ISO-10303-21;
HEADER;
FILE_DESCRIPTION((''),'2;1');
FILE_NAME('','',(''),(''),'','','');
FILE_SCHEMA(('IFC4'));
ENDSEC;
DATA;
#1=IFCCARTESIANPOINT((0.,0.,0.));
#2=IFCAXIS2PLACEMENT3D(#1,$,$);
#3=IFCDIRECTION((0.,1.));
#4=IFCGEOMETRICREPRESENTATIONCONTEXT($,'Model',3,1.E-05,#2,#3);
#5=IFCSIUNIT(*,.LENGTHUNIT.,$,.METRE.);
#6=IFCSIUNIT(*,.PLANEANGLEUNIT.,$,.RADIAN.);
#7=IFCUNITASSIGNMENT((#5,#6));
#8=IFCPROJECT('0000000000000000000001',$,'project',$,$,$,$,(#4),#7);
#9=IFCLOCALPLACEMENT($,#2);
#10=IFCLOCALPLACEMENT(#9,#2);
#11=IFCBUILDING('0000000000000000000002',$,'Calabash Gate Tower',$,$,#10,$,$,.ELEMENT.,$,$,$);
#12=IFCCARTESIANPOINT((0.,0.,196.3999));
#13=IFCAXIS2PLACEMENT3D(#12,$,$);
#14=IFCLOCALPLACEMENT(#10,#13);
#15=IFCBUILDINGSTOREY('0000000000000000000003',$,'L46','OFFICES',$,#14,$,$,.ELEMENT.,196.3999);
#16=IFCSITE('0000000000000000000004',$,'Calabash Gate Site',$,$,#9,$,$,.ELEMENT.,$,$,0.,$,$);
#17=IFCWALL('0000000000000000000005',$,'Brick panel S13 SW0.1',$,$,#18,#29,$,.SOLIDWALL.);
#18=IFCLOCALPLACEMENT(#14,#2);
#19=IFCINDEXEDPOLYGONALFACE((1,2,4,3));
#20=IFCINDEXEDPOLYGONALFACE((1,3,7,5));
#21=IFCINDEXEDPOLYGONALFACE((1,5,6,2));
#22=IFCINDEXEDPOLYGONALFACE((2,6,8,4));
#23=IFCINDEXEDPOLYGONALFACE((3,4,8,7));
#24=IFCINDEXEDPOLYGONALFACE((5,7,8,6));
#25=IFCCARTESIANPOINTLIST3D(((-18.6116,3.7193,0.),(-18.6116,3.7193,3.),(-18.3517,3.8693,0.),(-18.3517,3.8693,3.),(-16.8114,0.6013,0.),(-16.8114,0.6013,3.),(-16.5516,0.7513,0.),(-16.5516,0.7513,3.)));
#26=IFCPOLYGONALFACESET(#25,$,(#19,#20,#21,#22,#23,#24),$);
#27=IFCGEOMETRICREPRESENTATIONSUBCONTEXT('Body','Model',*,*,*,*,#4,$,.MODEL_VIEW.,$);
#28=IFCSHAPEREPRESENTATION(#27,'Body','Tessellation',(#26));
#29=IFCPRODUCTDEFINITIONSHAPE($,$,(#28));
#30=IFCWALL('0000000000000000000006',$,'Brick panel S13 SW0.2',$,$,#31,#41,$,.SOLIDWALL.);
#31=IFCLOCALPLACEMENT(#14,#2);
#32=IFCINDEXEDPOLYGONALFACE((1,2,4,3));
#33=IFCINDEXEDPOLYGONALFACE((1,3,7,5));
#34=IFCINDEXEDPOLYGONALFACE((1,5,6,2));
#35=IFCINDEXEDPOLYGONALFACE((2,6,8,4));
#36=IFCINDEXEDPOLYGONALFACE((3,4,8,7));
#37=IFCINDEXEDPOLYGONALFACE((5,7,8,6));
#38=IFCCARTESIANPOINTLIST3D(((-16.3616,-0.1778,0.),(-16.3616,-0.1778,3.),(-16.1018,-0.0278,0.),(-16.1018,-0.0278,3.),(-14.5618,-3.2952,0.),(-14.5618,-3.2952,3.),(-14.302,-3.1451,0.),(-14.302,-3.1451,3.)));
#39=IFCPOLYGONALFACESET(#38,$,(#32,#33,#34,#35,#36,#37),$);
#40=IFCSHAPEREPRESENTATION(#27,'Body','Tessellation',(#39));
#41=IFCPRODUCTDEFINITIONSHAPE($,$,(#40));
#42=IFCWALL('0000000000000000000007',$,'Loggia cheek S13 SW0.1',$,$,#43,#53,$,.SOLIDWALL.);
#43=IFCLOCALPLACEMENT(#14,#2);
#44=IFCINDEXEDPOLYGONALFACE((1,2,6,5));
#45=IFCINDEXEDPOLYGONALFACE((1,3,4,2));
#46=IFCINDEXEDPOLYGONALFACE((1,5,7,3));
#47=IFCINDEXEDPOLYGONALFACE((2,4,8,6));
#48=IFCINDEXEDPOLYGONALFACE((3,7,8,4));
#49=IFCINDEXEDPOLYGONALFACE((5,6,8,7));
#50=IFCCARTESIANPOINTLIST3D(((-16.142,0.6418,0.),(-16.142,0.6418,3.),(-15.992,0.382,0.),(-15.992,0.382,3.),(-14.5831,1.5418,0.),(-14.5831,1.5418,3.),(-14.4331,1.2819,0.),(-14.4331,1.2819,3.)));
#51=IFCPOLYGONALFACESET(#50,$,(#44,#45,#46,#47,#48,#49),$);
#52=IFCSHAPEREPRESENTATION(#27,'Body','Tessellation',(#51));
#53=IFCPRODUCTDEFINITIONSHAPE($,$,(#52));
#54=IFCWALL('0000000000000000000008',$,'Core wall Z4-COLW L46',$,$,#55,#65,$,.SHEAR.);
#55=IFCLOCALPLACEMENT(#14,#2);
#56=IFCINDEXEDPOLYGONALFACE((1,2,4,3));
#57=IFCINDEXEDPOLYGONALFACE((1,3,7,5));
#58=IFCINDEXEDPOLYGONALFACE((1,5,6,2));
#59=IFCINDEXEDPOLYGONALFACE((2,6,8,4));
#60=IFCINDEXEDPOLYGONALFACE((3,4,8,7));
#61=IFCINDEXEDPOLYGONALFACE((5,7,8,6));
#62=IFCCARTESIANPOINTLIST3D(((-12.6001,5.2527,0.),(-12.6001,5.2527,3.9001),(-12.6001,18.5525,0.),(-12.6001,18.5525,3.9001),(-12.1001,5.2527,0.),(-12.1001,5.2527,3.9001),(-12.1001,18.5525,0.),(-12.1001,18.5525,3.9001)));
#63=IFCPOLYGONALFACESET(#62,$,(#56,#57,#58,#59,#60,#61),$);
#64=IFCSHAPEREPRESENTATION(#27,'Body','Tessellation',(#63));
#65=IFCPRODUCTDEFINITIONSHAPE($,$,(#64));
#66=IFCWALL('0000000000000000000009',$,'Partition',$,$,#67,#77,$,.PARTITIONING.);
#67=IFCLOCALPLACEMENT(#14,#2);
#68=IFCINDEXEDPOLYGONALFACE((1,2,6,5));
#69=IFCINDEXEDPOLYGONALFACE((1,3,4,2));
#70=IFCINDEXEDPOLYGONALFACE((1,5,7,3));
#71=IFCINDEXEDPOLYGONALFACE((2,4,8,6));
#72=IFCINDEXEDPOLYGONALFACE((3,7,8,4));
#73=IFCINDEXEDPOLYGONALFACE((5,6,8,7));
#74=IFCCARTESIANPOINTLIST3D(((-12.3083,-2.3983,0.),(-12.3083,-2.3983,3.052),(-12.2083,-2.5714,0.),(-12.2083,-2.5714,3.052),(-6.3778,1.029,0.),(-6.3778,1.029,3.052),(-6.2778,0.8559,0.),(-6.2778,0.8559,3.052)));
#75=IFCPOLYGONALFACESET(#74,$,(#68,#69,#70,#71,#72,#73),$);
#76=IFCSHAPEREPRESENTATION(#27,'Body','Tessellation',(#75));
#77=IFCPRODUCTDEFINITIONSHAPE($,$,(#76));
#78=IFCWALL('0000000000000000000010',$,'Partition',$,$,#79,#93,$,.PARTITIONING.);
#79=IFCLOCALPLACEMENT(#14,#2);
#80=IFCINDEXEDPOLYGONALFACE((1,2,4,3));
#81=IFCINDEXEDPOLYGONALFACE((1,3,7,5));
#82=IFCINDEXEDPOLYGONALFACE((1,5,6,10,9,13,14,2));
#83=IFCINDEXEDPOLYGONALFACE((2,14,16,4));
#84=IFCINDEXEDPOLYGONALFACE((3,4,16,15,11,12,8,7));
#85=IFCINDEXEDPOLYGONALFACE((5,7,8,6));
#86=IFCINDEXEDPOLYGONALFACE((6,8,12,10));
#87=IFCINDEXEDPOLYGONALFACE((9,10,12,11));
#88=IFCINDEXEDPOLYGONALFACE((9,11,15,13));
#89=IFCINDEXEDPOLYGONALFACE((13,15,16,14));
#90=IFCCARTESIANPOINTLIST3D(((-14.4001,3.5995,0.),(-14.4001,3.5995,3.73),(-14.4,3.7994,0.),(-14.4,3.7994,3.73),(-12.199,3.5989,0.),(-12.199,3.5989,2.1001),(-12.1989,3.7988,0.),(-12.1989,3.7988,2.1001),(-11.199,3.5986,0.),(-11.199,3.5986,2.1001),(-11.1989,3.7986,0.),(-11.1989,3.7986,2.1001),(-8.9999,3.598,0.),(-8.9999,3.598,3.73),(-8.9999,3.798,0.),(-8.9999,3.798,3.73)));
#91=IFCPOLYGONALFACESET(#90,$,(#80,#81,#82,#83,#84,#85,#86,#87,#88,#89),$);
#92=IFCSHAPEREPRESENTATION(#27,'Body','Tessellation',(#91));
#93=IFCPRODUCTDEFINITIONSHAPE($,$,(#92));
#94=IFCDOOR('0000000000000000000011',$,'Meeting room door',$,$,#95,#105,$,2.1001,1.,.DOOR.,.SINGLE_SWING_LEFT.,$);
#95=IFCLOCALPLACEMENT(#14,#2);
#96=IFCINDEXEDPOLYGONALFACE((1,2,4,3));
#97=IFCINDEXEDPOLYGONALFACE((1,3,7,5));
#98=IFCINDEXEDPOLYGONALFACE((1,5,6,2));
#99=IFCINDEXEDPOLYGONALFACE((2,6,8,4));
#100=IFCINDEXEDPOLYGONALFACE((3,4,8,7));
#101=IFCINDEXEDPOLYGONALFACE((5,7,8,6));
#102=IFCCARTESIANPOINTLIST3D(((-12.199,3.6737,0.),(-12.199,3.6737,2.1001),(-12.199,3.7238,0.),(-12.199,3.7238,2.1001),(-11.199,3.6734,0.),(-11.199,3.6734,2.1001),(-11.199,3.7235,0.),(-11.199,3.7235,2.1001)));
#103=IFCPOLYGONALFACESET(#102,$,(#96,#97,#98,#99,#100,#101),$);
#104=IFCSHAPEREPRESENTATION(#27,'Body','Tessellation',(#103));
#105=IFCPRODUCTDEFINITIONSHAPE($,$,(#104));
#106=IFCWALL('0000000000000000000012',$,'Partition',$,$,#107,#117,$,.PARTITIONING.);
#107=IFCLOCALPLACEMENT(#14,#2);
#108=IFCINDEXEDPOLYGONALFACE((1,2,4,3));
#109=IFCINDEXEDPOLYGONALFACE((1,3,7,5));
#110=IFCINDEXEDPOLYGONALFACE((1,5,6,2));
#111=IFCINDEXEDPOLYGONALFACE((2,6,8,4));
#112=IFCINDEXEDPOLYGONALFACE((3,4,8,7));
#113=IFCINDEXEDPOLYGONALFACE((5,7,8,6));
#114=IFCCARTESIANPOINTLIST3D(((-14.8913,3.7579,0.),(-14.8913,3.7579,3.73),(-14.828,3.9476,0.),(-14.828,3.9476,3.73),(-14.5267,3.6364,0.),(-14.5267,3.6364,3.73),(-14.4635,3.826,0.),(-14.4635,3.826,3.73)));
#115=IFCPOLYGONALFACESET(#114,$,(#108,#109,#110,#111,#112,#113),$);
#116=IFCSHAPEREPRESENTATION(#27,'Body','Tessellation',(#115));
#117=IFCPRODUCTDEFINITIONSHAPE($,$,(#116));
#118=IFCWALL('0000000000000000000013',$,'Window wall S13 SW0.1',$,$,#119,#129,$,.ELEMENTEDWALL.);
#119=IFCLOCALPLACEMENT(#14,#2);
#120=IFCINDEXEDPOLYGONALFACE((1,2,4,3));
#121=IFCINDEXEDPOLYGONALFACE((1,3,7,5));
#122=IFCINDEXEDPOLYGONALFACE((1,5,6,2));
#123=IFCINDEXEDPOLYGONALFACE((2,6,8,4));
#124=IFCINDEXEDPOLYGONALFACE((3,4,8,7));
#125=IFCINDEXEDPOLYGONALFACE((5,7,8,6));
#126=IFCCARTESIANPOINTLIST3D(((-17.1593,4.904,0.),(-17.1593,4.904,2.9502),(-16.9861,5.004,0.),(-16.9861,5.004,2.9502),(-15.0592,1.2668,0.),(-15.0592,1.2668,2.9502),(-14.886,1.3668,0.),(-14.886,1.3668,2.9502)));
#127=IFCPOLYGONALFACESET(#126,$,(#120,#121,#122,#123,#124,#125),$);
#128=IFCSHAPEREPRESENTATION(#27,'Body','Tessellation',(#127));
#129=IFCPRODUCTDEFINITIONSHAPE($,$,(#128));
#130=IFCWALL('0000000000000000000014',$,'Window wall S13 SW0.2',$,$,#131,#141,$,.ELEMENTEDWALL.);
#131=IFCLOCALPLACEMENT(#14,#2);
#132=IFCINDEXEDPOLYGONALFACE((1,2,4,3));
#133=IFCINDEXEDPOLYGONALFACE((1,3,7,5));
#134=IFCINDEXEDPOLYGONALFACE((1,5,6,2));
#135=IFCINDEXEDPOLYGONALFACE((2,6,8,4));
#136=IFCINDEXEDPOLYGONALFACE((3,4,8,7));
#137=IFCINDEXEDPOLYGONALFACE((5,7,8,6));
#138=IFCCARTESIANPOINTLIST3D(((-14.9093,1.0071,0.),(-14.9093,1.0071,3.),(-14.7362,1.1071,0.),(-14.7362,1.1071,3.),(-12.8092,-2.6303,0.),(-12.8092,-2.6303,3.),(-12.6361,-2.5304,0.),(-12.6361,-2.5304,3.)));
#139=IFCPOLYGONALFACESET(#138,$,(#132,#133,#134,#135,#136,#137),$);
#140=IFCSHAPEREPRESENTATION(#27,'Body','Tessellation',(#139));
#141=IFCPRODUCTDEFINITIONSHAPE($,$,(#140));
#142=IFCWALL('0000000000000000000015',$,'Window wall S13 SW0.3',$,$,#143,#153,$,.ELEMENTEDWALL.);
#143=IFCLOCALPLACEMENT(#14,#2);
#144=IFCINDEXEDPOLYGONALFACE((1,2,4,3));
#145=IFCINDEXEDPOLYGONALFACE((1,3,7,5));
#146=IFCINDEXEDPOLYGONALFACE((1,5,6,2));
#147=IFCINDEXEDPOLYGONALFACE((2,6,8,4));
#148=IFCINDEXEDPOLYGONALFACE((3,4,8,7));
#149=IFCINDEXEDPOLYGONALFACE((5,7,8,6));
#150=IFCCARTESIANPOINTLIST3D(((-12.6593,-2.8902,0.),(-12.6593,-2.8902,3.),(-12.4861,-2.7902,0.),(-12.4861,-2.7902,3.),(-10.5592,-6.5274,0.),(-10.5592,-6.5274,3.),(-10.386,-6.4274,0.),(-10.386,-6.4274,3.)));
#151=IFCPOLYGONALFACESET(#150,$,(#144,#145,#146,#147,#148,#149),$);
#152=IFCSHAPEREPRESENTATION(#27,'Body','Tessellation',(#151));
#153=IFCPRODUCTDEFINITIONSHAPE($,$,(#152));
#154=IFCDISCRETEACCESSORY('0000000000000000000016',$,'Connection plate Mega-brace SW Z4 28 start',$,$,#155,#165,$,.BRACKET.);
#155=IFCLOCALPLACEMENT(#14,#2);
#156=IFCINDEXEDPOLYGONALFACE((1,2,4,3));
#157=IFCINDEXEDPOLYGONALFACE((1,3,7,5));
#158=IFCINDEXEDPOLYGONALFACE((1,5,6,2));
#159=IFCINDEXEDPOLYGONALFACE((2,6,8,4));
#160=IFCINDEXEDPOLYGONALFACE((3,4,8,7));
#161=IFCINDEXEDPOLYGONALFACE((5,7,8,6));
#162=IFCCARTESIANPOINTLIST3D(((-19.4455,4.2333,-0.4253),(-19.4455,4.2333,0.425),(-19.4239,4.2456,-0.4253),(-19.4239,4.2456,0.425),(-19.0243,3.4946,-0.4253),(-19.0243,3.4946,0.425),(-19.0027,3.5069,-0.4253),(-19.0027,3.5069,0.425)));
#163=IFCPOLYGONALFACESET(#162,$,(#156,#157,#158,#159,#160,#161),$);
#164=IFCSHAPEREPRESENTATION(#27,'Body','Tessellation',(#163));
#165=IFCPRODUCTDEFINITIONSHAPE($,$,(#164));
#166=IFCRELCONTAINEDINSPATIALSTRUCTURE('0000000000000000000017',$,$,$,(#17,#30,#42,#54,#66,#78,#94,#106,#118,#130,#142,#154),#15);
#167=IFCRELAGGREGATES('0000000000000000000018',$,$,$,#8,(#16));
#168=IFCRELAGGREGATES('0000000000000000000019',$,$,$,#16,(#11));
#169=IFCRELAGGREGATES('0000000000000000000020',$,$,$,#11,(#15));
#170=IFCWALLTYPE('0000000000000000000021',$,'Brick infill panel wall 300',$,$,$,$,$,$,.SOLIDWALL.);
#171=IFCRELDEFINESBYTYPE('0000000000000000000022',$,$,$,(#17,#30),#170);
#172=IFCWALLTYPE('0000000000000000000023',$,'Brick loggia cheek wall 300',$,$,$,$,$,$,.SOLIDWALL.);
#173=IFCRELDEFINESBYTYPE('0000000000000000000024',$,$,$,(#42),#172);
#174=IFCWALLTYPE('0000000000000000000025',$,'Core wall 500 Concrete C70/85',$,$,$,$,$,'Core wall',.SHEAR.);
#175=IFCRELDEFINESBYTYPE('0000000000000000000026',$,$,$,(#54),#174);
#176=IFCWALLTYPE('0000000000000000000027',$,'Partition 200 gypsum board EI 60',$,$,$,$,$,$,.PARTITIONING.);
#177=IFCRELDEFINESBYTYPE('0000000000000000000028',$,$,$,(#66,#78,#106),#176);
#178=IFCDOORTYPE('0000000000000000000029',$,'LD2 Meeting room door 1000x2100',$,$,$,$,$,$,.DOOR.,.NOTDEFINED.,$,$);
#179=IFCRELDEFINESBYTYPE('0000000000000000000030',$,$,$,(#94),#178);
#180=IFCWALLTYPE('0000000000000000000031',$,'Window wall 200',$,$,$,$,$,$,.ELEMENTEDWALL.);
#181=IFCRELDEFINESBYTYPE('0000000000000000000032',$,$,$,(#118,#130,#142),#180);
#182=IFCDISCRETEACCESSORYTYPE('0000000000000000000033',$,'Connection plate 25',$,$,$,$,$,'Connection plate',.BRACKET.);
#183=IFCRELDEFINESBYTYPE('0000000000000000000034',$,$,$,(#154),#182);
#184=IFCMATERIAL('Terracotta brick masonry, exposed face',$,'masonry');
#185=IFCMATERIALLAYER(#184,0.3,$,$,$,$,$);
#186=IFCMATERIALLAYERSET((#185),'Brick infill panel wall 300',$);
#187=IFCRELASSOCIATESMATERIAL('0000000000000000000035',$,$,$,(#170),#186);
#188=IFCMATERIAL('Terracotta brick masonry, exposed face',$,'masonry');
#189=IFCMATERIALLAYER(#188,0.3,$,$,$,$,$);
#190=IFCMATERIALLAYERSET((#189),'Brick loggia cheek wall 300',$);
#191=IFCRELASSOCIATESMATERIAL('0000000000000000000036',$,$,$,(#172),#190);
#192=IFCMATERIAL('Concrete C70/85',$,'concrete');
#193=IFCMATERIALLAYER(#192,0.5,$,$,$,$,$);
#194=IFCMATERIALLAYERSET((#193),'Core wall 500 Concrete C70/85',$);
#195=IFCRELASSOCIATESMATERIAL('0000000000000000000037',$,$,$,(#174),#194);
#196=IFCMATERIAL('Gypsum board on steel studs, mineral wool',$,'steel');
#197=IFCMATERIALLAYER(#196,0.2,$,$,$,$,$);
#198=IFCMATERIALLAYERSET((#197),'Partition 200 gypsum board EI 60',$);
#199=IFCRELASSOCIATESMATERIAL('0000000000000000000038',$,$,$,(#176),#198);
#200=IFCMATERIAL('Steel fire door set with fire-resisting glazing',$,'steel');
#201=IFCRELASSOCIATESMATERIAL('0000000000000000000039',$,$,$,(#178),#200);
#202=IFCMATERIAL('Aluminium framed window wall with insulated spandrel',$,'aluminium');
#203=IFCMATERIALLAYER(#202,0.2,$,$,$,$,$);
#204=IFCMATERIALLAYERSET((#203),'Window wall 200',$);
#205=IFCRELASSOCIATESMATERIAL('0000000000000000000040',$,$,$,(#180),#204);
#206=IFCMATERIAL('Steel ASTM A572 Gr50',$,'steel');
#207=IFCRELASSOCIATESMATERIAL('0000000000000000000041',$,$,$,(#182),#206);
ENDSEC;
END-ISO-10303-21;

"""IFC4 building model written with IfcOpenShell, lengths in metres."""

from ifc_helpers import new_model, si_unit, direction, frame, frame_2d, origin, origin_2d, place, context, subcontext, project, spatial, rectangle, extrude, material, layer, layer_set, type_object, element, fill, save


model = new_model("IFC4")

# Units and contexts
model_context = context("Model", 3, precision=1e-05, world=origin(), true_north=direction((0.0, 1.0)))
body_context = subcontext(model_context, "Body", "Model", "MODEL_VIEW")
ifc_project = project(units=[si_unit("LENGTHUNIT", "METRE"), si_unit("PLANEANGLEUNIT", "RADIAN")], contexts=[model_context])

# Site, building, storey
site_placement = place(None, origin())
site = spatial("IfcSite", under=ifc_project, at=site_placement, Name="Calabash Gate Site", CompositionType="ELEMENT", RefElevation=0.0)
building_placement = place(site_placement, origin())
building = spatial("IfcBuilding", under=site, at=building_placement, Name="Calabash Gate Tower", CompositionType="ELEMENT")
storey_placement = place(building_placement, frame((0.0, 0.0, 196.3999)))
storey = spatial("IfcBuildingStorey", under=building, at=storey_placement, Name="L46", Description="OFFICES", CompositionType="ELEMENT", Elevation=196.3999)

# Walls
ifc_material_1 = material(Name="Terracotta brick masonry, exposed face", Category="masonry")
ifc_layer_1 = layer(ifc_material_1, 0.3)
ifc_layer_set_1 = layer_set([ifc_layer_1], Name="Brick infill panel wall 300")
wall_type_1 = type_object("IfcWallType", Name="Brick infill panel wall 300", PredefinedType="SOLIDWALL", material=ifc_layer_set_1)
wall_1_placement = place(storey_placement, frame((-18.4817, 3.7944, 0.0), z_axis=(0.0, 0.0, 1.0), x_axis=(0.499983, -0.866035, 0.0)))
element("IfcWall", 1, at=wall_1_placement, inside=storey, type_object=wall_type_1, Name="Brick panel S13 SW0.1", PredefinedType="SOLIDWALL", context=body_context, shape_type="SweptSolid", body=[
    extrude(rectangle(XDim=3.6003, YDim=0.3, at=frame_2d((1.8003, 0.0))), origin(), (0.0, 0.0, 1.0), 3.0),
])
wall_2_placement = place(storey_placement, frame((-16.2317, -0.1028, 0.0), z_axis=(0.0, 0.0, 1.0), x_axis=(0.499991, -0.866031, 0.0)))
element("IfcWall", 2, at=wall_2_placement, inside=storey, type_object=wall_type_1, Name="Brick panel S13 SW0.2", PredefinedType="SOLIDWALL", context=body_context, shape_type="SweptSolid", body=[
    extrude(rectangle(XDim=3.5996, YDim=0.3, at=frame_2d((1.7998, 0.0))), origin(), (0.0, 0.0, 1.0), 3.0),
])
ifc_material_2 = material(Name="Terracotta brick masonry, exposed face", Category="masonry")
ifc_layer_2 = layer(ifc_material_2, 0.3)
ifc_layer_set_2 = layer_set([ifc_layer_2], Name="Brick loggia cheek wall 300")
wall_type_2 = type_object("IfcWallType", Name="Brick loggia cheek wall 300", PredefinedType="SOLIDWALL", material=ifc_layer_set_2)
wall_3_placement = place(storey_placement, frame((-16.0669, 0.512, 0.0), z_axis=(0.0, 0.0, 1.0), x_axis=(0.866048, 0.499961, 0.0)))
element("IfcWall", 3, at=wall_3_placement, inside=storey, type_object=wall_type_2, Name="Loggia cheek S13 SW0.1", PredefinedType="SOLIDWALL", context=body_context, shape_type="SweptSolid", body=[
    extrude(rectangle(XDim=1.8, YDim=0.3, at=frame_2d((0.8999, 0.0))), origin(), (0.0, 0.0, 1.0), 3.0),
])
ifc_material_3 = material(Name="Concrete C70/85", Category="concrete")
ifc_layer_3 = layer(ifc_material_3, 0.5)
ifc_layer_set_3 = layer_set([ifc_layer_3], Name="Core wall 500 Concrete C70/85")
wall_type_3 = type_object("IfcWallType", Name="Core wall 500 Concrete C70/85", ElementType="Core wall", PredefinedType="SHEAR", material=ifc_layer_set_3)
wall_4_placement = place(storey_placement, frame((-12.3501, 5.2527, 0.0), z_axis=(0.0, 0.0, 1.0), x_axis=(0.0, 1.0, 0.0)))
element("IfcWall", 4, at=wall_4_placement, inside=storey, type_object=wall_type_3, Name="Core wall Z4-COLW L46", PredefinedType="SHEAR", context=body_context, shape_type="SweptSolid", body=[
    extrude(rectangle(XDim=13.2998, YDim=0.5, at=frame_2d((6.6499, 0.0))), origin(), (0.0, 0.0, 1.0), 3.9001),
])
ifc_material_4 = material(Name="Gypsum board on steel studs, mineral wool", Category="steel")
ifc_layer_4 = layer(ifc_material_4, 0.2)
ifc_layer_set_4 = layer_set([ifc_layer_4], Name="Partition 200 gypsum board EI 60")
wall_type_4 = type_object("IfcWallType", Name="Partition 200 gypsum board EI 60", PredefinedType="PARTITIONING", material=ifc_layer_set_4)
wall_5_placement = place(storey_placement, frame((-12.2583, -2.4849, 0.0), z_axis=(0.0, 0.0, 1.0), x_axis=(0.865816, 0.500363, 0.0)))
element("IfcWall", 5, at=wall_5_placement, inside=storey, type_object=wall_type_4, Name="Partition", PredefinedType="PARTITIONING", context=body_context, shape_type="SweptSolid", body=[
    extrude(rectangle(XDim=6.8496, YDim=0.2, at=frame_2d((3.4248, 0.0))), origin(), (0.0, 0.0, 1.0), 3.052),
])

# Wall, opening, door
wall_6_placement = place(storey_placement, frame((-14.4001, 3.6995, 0.0), z_axis=(0.0, 0.0, 1.0), x_axis=(1.0, -0.000271, 0.0)))
wall_6 = element("IfcWall", 6, at=wall_6_placement, inside=storey, type_object=wall_type_4, Name="Partition", PredefinedType="PARTITIONING", context=body_context, shape_type="SweptSolid", body=[
    extrude(rectangle(XDim=5.4001, YDim=0.2, at=frame_2d((2.7002, 0.0))), origin(), (0.0, 0.0, 1.0), 3.73),
])
opening_placement = place(wall_6_placement, frame((2.2012, 0.0, 0.0)))
opening = element("IfcOpeningElement", 7, at=opening_placement, cuts=wall_6, PredefinedType="OPENING", context=body_context, shape_type="SweptSolid", body=[
    extrude(rectangle(XDim=1.0, YDim=2.1001, at=frame_2d((0.5, 1.05))), frame((0.0, 0.1099, 0.0), z_axis=(0.0, -1.0, 0.0), x_axis=(1.0, 0.0, 0.0)), (0.0, 0.0, 1.0), 0.22),
])
ifc_material_5 = material(Name="Steel fire door set with fire-resisting glazing", Category="steel")
door_type = type_object("IfcDoorType", Name="LD2 Meeting room door 1000x2100", OperationType="NOTDEFINED", PredefinedType="DOOR", material=ifc_material_5)
door_placement = place(opening_placement, origin())
door = element("IfcDoor", 8, at=door_placement, inside=storey, type_object=door_type, Name="Meeting room door", OperationType="SINGLE_SWING_LEFT", OverallHeight=2.1001, OverallWidth=1.0, PredefinedType="DOOR", context=body_context, shape_type="SweptSolid", body=[
    extrude(rectangle(XDim=1.0, YDim=2.1001, at=frame_2d((0.5, 1.05))), frame((0.0, 0.0249, 0.0), z_axis=(0.0, -1.0, 0.0), x_axis=(1.0, 0.0, 0.0)), (0.0, 0.0, 1.0), 0.05),
])
fill(opening, door)

# Walls
wall_7_placement = place(storey_placement, frame((-14.8596, 3.8528, 0.0), z_axis=(0.0, 0.0, 1.0), x_axis=(0.94862, -0.316418, 0.0)))
element("IfcWall", 9, at=wall_7_placement, inside=storey, type_object=wall_type_4, Name="Partition", PredefinedType="PARTITIONING", context=body_context, shape_type="SweptSolid", body=[
    extrude(rectangle(XDim=0.3843, YDim=0.2, at=frame_2d((0.1921, 0.0))), origin(), (0.0, 0.0, 1.0), 3.73),
])
ifc_material_6 = material(Name="Aluminium framed window wall with insulated spandrel", Category="aluminium")
ifc_layer_5 = layer(ifc_material_6, 0.2)
ifc_layer_set_5 = layer_set([ifc_layer_5], Name="Window wall 200")
wall_type_5 = type_object("IfcWallType", Name="Window wall 200", PredefinedType="ELEMENTEDWALL", material=ifc_layer_set_5)
wall_8_placement = place(storey_placement, frame((-17.0728, 4.9541, 0.0), z_axis=(0.0, 0.0, 1.0), x_axis=(0.500028, -0.866009, 0.0)))
element("IfcWall", 10, at=wall_8_placement, inside=storey, type_object=wall_type_5, Name="Window wall S13 SW0.1", PredefinedType="ELEMENTEDWALL", context=body_context, shape_type="SweptSolid", body=[
    extrude(rectangle(XDim=4.2, YDim=0.2, at=frame_2d((2.1001, 0.0))), origin(), (0.0, 0.0, 1.0), 2.9502),
])
wall_9_placement = place(storey_placement, frame((-14.8228, 1.0571, 0.0), z_axis=(0.0, 0.0, 1.0), x_axis=(0.500003, -0.866024, 0.0)))
element("IfcWall", 11, at=wall_9_placement, inside=storey, type_object=wall_type_5, Name="Window wall S13 SW0.2", PredefinedType="ELEMENTEDWALL", context=body_context, shape_type="SweptSolid", body=[
    extrude(rectangle(XDim=4.2002, YDim=0.2, at=frame_2d((2.1001, 0.0))), origin(), (0.0, 0.0, 1.0), 3.0),
])
wall_10_placement = place(storey_placement, frame((-12.5728, -2.8401, 0.0), z_axis=(0.0, 0.0, 1.0), x_axis=(0.500028, -0.866009, 0.0)))
element("IfcWall", 12, at=wall_10_placement, inside=storey, type_object=wall_type_5, Name="Window wall S13 SW0.3", PredefinedType="ELEMENTEDWALL", context=body_context, shape_type="SweptSolid", body=[
    extrude(rectangle(XDim=4.2, YDim=0.2, at=frame_2d((2.1001, 0.0))), origin(), (0.0, 0.0, 1.0), 3.0),
])

# Discrete accessory
ifc_material_7 = material(Name="Steel ASTM A572 Gr50", Category="steel")
discrete_accessory_type = type_object("IfcDiscreteAccessoryType", Name="Connection plate 25", ElementType="Connection plate", PredefinedType="BRACKET", material=ifc_material_7)
discrete_accessory_placement = place(storey_placement, frame((-19.2241, 3.8701, -0.4253), z_axis=(0.0, 0.0, 1.0), x_axis=(0.495359, -0.868688, 0.0)))
element("IfcDiscreteAccessory", 13, at=discrete_accessory_placement, inside=storey, type_object=discrete_accessory_type, Name="Connection plate Mega-brace SW Z4 28 start", PredefinedType="BRACKET", context=body_context, shape_type="SweptSolid", body=[
    extrude(rectangle(XDim=0.8503, YDim=0.0249, at=origin_2d()), origin(), (0.0, 0.0, 1.0), 0.8503),
])

save(model, "model.ifc")
